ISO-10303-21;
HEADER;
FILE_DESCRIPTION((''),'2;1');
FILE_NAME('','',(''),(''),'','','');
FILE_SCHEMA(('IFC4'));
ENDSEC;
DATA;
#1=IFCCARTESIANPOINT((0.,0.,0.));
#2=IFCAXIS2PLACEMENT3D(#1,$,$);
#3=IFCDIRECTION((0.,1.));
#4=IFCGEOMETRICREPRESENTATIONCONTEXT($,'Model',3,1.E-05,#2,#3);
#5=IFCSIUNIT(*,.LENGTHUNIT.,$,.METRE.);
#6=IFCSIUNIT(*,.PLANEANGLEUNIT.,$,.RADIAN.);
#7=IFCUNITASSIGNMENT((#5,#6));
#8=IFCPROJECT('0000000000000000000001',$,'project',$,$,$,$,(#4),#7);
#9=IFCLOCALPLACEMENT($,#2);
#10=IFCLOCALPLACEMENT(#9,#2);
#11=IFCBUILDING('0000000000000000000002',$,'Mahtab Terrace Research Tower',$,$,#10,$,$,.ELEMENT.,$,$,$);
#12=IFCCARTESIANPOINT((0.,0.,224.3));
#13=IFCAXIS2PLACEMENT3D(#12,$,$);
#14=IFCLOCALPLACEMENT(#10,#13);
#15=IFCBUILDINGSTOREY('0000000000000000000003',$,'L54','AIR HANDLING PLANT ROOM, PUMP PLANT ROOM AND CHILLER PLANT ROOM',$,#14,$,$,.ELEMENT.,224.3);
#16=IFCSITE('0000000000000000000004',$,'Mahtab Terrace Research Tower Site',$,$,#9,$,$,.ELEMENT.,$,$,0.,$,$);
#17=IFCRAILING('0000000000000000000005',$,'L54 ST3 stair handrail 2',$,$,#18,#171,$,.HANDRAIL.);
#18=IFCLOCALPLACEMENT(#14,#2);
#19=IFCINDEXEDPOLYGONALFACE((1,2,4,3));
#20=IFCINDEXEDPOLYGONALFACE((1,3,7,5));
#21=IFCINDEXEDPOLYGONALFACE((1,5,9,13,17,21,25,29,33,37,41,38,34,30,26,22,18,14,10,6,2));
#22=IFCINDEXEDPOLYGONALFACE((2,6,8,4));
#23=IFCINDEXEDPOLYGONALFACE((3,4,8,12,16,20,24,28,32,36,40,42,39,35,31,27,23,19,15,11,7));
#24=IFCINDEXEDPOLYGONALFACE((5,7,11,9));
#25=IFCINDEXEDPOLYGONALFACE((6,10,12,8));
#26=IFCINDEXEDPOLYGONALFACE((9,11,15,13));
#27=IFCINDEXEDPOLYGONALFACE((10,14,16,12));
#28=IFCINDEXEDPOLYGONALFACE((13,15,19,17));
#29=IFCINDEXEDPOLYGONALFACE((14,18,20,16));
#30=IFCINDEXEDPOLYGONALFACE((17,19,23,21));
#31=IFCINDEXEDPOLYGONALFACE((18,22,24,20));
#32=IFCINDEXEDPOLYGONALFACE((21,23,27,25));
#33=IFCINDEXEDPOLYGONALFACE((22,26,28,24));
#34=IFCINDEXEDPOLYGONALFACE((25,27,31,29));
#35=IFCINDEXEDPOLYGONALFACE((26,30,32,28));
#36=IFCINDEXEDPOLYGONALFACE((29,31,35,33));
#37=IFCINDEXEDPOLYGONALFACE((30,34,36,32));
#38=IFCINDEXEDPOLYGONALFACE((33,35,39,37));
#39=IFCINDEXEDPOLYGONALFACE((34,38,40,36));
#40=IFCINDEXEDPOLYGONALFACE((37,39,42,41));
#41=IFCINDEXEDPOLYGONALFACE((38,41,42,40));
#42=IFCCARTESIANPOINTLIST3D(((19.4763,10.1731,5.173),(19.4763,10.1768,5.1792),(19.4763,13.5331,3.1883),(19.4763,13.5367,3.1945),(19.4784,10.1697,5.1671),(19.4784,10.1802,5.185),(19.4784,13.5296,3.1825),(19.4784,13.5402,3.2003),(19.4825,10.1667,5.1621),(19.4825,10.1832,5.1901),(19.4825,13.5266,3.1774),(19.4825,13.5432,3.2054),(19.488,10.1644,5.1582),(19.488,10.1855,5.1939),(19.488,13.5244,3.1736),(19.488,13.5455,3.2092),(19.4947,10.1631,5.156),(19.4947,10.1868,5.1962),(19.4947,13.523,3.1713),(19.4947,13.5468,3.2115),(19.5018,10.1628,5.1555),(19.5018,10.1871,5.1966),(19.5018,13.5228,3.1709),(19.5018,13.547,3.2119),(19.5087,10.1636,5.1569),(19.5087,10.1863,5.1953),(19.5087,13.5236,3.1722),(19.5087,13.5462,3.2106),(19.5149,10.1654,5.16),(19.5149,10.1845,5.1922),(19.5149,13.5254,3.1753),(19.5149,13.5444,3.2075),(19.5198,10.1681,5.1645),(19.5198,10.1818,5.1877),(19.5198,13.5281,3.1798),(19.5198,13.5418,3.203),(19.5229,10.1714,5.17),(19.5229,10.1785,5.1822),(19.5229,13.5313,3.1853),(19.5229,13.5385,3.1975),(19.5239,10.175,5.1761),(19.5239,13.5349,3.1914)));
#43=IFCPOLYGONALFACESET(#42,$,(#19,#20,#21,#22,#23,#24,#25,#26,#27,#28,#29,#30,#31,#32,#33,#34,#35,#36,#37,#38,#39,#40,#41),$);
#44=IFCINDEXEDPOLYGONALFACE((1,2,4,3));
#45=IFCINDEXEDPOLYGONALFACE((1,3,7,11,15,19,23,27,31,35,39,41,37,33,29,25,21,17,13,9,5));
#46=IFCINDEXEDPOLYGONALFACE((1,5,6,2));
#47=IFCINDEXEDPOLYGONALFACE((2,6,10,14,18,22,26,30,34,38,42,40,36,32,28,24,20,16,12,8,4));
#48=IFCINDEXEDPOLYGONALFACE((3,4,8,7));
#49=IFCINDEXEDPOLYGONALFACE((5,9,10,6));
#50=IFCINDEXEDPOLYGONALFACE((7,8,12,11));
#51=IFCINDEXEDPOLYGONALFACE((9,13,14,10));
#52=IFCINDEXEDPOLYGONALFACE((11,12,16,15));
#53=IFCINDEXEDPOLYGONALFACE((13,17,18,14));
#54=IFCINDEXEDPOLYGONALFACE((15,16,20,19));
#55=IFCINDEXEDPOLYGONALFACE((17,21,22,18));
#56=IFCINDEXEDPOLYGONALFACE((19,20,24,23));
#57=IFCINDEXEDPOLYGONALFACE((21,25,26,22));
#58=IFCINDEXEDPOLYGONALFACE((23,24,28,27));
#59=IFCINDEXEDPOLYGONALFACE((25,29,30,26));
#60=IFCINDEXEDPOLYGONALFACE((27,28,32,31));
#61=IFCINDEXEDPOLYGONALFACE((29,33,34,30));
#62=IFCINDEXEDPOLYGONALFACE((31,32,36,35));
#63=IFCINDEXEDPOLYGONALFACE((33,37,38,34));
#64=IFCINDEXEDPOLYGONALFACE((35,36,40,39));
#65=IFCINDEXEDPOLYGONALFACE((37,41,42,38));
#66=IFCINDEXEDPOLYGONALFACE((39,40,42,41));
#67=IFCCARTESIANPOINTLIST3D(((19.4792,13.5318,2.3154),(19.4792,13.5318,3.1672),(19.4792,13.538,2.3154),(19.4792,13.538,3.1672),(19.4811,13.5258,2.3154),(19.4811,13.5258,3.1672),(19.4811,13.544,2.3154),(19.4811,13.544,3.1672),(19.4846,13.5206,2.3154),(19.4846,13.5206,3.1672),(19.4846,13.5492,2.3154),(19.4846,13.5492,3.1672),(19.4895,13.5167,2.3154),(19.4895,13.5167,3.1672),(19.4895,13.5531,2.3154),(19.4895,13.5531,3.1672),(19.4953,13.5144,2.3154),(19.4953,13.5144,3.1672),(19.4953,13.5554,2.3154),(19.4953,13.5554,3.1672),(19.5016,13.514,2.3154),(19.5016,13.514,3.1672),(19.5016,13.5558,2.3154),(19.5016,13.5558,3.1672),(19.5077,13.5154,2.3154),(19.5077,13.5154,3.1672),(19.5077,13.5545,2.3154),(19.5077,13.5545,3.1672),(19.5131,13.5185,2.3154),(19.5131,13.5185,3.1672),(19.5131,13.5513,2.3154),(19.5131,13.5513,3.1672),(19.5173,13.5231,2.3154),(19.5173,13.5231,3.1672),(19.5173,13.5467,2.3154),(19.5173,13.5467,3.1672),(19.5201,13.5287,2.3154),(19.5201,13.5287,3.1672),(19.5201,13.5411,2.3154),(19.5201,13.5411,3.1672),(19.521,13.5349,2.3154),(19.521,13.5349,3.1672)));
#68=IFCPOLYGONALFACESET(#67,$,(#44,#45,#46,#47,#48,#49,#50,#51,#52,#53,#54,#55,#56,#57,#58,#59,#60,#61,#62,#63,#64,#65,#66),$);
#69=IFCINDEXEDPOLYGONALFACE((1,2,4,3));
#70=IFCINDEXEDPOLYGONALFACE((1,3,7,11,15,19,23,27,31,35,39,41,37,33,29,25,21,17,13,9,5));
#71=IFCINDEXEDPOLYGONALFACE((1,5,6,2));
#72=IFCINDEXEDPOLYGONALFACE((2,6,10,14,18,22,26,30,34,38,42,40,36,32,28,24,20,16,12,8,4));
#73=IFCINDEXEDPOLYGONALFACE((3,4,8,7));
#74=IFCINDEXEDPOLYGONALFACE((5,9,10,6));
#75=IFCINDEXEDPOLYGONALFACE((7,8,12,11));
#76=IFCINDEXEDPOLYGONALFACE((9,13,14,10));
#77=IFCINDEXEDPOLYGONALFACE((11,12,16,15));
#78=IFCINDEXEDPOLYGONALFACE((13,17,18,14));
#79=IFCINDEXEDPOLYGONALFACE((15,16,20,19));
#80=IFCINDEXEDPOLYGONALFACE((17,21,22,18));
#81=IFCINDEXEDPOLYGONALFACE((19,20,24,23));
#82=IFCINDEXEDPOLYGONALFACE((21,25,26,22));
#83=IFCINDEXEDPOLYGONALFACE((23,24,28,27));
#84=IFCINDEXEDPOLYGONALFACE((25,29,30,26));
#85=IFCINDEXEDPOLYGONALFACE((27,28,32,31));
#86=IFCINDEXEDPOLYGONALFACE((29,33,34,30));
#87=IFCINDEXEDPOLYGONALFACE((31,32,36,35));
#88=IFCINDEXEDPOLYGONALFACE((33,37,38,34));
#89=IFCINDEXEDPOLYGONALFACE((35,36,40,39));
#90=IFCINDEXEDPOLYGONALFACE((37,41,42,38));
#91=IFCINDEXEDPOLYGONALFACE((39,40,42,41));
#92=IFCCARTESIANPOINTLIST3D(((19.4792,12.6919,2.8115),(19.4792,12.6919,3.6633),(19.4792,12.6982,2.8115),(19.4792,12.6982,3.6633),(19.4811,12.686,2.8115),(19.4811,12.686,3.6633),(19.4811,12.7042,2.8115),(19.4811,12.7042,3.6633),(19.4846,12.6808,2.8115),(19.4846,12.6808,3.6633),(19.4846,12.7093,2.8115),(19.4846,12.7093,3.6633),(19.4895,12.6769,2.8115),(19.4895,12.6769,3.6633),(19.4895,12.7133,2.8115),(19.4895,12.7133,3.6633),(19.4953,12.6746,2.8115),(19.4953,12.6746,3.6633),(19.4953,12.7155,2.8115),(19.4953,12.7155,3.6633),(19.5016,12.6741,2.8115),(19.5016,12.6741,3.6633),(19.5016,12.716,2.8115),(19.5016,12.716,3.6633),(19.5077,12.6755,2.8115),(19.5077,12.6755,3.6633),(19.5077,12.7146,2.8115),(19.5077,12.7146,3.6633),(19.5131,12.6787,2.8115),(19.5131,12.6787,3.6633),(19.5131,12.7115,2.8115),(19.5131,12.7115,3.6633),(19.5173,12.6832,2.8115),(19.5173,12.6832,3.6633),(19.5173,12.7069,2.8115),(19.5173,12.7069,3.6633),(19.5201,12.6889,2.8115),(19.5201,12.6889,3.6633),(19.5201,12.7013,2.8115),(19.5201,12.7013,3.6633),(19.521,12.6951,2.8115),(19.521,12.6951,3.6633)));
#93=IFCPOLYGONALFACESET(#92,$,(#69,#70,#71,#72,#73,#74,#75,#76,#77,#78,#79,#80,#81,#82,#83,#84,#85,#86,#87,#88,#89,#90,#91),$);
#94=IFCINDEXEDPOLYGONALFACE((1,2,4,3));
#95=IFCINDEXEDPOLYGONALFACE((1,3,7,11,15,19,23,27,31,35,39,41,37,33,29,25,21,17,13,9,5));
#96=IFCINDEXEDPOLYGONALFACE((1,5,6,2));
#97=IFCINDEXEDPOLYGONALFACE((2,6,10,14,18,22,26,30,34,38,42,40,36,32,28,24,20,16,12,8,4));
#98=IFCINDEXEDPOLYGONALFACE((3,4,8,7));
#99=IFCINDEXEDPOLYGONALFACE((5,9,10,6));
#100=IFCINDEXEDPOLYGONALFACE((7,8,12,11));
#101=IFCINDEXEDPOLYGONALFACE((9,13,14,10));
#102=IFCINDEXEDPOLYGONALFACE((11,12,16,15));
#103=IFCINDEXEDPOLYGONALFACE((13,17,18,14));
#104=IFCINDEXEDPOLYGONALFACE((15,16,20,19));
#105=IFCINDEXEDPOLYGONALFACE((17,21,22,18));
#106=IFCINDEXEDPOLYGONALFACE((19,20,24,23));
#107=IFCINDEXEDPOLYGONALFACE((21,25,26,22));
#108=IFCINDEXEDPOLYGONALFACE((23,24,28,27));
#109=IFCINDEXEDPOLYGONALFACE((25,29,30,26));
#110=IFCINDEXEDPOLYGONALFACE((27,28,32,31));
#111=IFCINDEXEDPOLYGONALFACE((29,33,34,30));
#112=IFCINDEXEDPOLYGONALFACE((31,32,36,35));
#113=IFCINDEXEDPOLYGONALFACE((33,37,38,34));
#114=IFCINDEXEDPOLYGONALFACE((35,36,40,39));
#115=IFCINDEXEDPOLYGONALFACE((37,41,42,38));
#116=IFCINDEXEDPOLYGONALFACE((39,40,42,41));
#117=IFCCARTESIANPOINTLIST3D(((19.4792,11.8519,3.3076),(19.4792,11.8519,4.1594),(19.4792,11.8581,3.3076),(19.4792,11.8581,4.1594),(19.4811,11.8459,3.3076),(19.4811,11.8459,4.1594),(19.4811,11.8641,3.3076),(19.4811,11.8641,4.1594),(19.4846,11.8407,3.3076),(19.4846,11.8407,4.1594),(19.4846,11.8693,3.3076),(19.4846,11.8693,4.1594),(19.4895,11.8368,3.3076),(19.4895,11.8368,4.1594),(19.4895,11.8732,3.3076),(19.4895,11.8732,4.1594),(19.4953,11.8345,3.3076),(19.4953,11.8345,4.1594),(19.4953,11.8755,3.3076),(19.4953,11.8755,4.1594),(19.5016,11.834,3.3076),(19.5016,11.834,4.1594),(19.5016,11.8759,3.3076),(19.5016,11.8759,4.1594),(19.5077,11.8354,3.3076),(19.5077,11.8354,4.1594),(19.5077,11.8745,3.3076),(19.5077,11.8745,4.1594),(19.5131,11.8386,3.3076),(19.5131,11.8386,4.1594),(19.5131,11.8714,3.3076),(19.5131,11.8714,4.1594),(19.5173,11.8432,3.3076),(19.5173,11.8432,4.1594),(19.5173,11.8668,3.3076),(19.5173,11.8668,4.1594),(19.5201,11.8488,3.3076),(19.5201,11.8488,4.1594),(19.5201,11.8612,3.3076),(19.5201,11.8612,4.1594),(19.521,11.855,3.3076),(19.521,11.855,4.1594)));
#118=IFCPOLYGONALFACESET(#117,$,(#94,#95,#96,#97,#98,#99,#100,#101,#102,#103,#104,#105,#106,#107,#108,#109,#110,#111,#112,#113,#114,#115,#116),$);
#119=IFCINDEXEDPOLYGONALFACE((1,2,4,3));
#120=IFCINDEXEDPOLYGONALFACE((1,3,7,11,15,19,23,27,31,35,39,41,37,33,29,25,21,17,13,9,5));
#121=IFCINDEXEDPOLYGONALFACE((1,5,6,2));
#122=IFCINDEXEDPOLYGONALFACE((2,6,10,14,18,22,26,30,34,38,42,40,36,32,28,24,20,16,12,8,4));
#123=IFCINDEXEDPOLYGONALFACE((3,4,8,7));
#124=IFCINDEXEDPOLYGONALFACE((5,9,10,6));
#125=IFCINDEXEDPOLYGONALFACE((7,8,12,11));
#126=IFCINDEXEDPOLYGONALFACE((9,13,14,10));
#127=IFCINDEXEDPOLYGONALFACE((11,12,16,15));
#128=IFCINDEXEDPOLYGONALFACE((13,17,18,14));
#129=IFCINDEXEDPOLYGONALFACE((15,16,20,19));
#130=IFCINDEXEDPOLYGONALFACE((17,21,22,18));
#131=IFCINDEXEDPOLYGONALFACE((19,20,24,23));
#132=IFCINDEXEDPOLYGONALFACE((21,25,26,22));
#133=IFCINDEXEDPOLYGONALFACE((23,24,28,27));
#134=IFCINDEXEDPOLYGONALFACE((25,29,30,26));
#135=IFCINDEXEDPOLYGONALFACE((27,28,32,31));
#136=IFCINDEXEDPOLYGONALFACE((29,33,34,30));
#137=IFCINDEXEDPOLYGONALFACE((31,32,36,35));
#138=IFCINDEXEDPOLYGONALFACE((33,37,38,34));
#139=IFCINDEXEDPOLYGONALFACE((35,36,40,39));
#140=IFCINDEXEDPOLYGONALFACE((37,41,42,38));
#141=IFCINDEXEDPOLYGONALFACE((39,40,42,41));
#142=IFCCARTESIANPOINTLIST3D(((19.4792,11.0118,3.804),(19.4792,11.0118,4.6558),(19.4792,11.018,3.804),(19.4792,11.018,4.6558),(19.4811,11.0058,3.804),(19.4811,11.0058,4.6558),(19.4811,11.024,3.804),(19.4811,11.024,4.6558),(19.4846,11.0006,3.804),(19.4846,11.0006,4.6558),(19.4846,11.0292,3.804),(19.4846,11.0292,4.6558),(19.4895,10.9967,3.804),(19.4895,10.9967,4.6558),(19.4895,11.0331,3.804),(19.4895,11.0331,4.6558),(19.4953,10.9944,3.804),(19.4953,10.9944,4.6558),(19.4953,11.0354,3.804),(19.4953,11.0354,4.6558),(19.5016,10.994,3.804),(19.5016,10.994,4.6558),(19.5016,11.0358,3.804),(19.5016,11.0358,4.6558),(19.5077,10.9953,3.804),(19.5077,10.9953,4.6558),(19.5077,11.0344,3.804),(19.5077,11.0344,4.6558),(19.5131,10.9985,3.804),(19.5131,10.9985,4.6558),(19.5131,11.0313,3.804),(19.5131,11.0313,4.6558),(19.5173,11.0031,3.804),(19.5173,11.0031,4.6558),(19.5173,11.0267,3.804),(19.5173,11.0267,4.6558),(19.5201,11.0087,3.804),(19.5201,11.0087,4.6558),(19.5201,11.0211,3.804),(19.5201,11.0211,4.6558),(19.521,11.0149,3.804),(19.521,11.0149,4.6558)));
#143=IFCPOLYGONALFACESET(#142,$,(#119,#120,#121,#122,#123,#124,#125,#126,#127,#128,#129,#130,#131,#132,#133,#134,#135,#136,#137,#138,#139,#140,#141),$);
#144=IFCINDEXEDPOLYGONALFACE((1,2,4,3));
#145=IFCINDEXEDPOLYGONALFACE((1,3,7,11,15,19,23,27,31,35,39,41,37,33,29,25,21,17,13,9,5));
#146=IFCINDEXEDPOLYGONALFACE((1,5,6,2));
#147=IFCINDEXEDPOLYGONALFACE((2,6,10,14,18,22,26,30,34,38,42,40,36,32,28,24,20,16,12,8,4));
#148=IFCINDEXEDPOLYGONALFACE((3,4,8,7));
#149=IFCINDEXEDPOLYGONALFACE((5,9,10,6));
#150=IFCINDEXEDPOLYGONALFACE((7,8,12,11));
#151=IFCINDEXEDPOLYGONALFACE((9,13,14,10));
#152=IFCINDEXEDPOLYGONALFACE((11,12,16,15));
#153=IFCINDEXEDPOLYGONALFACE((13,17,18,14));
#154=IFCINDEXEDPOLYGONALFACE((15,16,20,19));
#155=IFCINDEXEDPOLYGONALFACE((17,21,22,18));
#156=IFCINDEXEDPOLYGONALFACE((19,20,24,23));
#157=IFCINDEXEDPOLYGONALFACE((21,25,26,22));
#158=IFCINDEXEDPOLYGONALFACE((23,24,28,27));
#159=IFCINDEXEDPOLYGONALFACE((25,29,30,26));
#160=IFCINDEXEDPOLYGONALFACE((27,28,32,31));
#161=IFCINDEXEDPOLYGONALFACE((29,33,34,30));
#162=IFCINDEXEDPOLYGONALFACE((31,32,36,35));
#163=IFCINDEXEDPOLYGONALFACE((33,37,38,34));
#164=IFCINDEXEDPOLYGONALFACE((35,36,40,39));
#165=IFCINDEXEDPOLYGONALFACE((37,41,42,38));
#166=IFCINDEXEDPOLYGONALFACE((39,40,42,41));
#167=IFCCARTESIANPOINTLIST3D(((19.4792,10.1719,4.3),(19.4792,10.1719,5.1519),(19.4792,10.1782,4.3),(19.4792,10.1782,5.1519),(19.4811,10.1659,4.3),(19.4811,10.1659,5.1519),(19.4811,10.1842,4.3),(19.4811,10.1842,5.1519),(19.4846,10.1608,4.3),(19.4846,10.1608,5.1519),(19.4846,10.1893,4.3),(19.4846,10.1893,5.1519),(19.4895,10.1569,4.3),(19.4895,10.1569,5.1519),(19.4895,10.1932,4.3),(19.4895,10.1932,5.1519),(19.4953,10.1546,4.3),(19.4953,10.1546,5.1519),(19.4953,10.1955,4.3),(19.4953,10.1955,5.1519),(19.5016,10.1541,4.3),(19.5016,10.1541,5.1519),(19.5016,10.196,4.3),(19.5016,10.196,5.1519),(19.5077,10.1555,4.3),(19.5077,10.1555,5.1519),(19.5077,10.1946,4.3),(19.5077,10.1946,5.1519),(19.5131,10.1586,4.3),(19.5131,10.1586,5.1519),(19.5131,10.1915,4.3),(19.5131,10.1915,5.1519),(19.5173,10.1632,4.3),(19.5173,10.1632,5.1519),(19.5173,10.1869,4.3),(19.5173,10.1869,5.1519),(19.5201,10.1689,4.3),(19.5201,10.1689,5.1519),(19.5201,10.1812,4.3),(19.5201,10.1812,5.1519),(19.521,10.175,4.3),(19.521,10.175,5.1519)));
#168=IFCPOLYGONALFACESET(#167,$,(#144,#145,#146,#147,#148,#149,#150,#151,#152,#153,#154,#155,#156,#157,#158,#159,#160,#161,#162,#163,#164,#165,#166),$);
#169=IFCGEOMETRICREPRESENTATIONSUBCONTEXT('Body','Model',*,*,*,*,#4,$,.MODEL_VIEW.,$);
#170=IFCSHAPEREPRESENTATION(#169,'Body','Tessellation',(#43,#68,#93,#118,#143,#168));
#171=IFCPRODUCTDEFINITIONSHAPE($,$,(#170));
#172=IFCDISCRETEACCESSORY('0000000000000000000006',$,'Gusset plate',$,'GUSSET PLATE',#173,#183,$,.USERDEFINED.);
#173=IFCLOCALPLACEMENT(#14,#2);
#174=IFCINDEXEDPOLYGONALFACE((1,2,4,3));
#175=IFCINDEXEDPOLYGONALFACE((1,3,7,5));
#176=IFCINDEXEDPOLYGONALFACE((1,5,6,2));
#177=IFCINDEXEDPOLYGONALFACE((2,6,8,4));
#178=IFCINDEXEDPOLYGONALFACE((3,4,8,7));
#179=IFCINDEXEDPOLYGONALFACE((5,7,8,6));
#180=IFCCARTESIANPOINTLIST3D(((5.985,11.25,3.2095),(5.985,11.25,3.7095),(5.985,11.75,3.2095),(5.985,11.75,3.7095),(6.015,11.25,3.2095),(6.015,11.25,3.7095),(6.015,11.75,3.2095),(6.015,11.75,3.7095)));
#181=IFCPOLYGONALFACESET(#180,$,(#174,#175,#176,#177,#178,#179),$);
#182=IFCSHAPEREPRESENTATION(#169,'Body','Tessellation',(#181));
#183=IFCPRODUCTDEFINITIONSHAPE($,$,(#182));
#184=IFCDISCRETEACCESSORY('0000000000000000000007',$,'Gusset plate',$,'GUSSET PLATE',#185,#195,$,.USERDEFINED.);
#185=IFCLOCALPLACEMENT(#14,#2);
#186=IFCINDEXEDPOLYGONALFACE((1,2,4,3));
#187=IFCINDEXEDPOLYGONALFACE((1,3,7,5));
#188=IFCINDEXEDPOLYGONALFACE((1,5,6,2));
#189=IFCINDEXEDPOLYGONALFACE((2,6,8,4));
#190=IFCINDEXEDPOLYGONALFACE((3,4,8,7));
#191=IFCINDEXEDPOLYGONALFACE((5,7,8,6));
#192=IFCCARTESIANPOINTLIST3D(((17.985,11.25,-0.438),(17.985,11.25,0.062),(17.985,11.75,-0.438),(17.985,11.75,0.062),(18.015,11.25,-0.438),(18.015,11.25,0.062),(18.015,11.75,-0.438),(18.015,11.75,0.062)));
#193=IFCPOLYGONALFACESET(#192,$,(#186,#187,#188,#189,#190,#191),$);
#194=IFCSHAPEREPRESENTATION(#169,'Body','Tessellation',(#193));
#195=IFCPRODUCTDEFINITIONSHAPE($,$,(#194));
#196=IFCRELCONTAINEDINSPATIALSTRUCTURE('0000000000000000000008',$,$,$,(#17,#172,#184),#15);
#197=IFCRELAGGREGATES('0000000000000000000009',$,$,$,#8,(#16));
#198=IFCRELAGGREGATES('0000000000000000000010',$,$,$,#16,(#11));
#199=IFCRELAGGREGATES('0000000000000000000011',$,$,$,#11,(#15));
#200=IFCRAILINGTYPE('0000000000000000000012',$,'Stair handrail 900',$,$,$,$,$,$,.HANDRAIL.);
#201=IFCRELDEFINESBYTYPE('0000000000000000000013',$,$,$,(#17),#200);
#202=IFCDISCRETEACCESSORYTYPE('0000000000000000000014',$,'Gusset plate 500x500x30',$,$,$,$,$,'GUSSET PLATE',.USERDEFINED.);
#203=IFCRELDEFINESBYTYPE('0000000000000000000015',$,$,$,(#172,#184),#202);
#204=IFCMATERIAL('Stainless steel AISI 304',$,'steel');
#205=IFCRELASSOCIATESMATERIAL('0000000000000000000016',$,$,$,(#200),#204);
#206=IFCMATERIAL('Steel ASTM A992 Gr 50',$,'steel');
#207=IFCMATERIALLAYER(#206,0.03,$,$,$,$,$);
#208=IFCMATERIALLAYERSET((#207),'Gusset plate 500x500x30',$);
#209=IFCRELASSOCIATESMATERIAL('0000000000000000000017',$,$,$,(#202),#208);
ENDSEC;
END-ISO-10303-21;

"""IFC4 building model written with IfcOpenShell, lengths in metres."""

from ifc_helpers import new_model, si_unit, direction, frame, origin, origin_2d, place, context, subcontext, project, spatial, rectangle, circle, extrude, material, layer, layer_set, type_object, element, save


model = new_model("IFC4")

# Units and contexts
model_context = context("Model", 3, precision=1e-05, world=origin(), true_north=direction((0.0, 1.0)))
body_context = subcontext(model_context, "Body", "Model", "MODEL_VIEW")
ifc_project = project(units=[si_unit("LENGTHUNIT", "METRE"), si_unit("PLANEANGLEUNIT", "RADIAN")], contexts=[model_context])

# Site, building, storey
site_placement = place(None, origin())
site = spatial("IfcSite", under=ifc_project, at=site_placement, Name="Mahtab Terrace Research Tower Site", CompositionType="ELEMENT", RefElevation=0.0)
building_placement = place(site_placement, origin())
building = spatial("IfcBuilding", under=site, at=building_placement, Name="Mahtab Terrace Research Tower", CompositionType="ELEMENT")
storey_placement = place(building_placement, frame((0.0, 0.0, 224.3)))
storey = spatial("IfcBuildingStorey", under=building, at=storey_placement, Name="L54", Description="AIR HANDLING PLANT ROOM, PUMP PLANT ROOM AND CHILLER PLANT ROOM", CompositionType="ELEMENT", Elevation=224.3)

# Shared definitions
ifc_material_1 = material(Name="Steel ASTM A992 Gr 50", Category="steel")

# Railing
ifc_material_2 = material(Name="Stainless steel AISI 304", Category="steel")
railing_type_1 = type_object("IfcRailingType", Name="Stair handrail 900", PredefinedType="HANDRAIL", material=ifc_material_2)
railing_1_placement = place(storey_placement, frame((19.5, 13.5349, 2.3154)))
element("IfcRailing", 1, at=railing_1_placement, inside=storey, type_object=railing_type_1, Name="L54 ST3 stair handrail 2", PredefinedType="HANDRAIL", context=body_context, shape_type="SweptSolid", body=[
    extrude(circle(Radius=0.0239, at=origin_2d()), frame((0.0, 0.0, 0.876), z_axis=(0.0, -0.861011, 0.508586), x_axis=(1.0, 0.0, 0.0)), (0.0, 0.0, 1.0), 3.9023),
    extrude(circle(Radius=0.021, at=origin_2d()), origin(), (0.0, 0.0, 1.0), 0.8518),
    extrude(circle(Radius=0.021, at=origin_2d()), frame((0.0, -0.8398, 0.4961)), (0.0, 0.0, 1.0), 0.8518),
    extrude(circle(Radius=0.021, at=origin_2d()), frame((0.0, -1.6799, 0.9922)), (0.0, 0.0, 1.0), 0.8518),
    extrude(circle(Radius=0.021, at=origin_2d()), frame((0.0, -2.52, 1.4885)), (0.0, 0.0, 1.0), 0.8518),
    extrude(circle(Radius=0.021, at=origin_2d()), frame((0.0, -3.3599, 1.9846)), (0.0, 0.0, 1.0), 0.8518),
])

# Discrete accessories
ifc_layer_1 = layer(ifc_material_1, 0.03)
ifc_layer_set_1 = layer_set([ifc_layer_1], Name="Gusset plate 500x500x30")
discrete_accessory_type = type_object("IfcDiscreteAccessoryType", Name="Gusset plate 500x500x30", ElementType="GUSSET PLATE", PredefinedType="USERDEFINED", material=ifc_layer_set_1)
for number, where, z_axis, x_axis, name in (
    (2, (6.0, 11.5, 3.2095), (0.0, 0.0, 1.0), (0.0, 1.0, 0.0), "Gusset plate"),
    (3, (18.0, 11.5, -0.438), (0.0, 0.0, 1.0), (0.0, 1.0, 0.0), "Gusset plate"),
):
    element("IfcDiscreteAccessory", number, at=place(storey_placement, frame(where, z_axis=z_axis, x_axis=x_axis)), inside=storey, type_object=discrete_accessory_type, Name=name, ObjectType="GUSSET PLATE", PredefinedType="USERDEFINED", context=body_context, shape_type="SweptSolid", body=[
        extrude(rectangle(XDim=0.5, YDim=0.03, at=origin_2d()), origin(), (0.0, 0.0, 1.0), 0.5),
    ])

save(model, "model.ifc")
